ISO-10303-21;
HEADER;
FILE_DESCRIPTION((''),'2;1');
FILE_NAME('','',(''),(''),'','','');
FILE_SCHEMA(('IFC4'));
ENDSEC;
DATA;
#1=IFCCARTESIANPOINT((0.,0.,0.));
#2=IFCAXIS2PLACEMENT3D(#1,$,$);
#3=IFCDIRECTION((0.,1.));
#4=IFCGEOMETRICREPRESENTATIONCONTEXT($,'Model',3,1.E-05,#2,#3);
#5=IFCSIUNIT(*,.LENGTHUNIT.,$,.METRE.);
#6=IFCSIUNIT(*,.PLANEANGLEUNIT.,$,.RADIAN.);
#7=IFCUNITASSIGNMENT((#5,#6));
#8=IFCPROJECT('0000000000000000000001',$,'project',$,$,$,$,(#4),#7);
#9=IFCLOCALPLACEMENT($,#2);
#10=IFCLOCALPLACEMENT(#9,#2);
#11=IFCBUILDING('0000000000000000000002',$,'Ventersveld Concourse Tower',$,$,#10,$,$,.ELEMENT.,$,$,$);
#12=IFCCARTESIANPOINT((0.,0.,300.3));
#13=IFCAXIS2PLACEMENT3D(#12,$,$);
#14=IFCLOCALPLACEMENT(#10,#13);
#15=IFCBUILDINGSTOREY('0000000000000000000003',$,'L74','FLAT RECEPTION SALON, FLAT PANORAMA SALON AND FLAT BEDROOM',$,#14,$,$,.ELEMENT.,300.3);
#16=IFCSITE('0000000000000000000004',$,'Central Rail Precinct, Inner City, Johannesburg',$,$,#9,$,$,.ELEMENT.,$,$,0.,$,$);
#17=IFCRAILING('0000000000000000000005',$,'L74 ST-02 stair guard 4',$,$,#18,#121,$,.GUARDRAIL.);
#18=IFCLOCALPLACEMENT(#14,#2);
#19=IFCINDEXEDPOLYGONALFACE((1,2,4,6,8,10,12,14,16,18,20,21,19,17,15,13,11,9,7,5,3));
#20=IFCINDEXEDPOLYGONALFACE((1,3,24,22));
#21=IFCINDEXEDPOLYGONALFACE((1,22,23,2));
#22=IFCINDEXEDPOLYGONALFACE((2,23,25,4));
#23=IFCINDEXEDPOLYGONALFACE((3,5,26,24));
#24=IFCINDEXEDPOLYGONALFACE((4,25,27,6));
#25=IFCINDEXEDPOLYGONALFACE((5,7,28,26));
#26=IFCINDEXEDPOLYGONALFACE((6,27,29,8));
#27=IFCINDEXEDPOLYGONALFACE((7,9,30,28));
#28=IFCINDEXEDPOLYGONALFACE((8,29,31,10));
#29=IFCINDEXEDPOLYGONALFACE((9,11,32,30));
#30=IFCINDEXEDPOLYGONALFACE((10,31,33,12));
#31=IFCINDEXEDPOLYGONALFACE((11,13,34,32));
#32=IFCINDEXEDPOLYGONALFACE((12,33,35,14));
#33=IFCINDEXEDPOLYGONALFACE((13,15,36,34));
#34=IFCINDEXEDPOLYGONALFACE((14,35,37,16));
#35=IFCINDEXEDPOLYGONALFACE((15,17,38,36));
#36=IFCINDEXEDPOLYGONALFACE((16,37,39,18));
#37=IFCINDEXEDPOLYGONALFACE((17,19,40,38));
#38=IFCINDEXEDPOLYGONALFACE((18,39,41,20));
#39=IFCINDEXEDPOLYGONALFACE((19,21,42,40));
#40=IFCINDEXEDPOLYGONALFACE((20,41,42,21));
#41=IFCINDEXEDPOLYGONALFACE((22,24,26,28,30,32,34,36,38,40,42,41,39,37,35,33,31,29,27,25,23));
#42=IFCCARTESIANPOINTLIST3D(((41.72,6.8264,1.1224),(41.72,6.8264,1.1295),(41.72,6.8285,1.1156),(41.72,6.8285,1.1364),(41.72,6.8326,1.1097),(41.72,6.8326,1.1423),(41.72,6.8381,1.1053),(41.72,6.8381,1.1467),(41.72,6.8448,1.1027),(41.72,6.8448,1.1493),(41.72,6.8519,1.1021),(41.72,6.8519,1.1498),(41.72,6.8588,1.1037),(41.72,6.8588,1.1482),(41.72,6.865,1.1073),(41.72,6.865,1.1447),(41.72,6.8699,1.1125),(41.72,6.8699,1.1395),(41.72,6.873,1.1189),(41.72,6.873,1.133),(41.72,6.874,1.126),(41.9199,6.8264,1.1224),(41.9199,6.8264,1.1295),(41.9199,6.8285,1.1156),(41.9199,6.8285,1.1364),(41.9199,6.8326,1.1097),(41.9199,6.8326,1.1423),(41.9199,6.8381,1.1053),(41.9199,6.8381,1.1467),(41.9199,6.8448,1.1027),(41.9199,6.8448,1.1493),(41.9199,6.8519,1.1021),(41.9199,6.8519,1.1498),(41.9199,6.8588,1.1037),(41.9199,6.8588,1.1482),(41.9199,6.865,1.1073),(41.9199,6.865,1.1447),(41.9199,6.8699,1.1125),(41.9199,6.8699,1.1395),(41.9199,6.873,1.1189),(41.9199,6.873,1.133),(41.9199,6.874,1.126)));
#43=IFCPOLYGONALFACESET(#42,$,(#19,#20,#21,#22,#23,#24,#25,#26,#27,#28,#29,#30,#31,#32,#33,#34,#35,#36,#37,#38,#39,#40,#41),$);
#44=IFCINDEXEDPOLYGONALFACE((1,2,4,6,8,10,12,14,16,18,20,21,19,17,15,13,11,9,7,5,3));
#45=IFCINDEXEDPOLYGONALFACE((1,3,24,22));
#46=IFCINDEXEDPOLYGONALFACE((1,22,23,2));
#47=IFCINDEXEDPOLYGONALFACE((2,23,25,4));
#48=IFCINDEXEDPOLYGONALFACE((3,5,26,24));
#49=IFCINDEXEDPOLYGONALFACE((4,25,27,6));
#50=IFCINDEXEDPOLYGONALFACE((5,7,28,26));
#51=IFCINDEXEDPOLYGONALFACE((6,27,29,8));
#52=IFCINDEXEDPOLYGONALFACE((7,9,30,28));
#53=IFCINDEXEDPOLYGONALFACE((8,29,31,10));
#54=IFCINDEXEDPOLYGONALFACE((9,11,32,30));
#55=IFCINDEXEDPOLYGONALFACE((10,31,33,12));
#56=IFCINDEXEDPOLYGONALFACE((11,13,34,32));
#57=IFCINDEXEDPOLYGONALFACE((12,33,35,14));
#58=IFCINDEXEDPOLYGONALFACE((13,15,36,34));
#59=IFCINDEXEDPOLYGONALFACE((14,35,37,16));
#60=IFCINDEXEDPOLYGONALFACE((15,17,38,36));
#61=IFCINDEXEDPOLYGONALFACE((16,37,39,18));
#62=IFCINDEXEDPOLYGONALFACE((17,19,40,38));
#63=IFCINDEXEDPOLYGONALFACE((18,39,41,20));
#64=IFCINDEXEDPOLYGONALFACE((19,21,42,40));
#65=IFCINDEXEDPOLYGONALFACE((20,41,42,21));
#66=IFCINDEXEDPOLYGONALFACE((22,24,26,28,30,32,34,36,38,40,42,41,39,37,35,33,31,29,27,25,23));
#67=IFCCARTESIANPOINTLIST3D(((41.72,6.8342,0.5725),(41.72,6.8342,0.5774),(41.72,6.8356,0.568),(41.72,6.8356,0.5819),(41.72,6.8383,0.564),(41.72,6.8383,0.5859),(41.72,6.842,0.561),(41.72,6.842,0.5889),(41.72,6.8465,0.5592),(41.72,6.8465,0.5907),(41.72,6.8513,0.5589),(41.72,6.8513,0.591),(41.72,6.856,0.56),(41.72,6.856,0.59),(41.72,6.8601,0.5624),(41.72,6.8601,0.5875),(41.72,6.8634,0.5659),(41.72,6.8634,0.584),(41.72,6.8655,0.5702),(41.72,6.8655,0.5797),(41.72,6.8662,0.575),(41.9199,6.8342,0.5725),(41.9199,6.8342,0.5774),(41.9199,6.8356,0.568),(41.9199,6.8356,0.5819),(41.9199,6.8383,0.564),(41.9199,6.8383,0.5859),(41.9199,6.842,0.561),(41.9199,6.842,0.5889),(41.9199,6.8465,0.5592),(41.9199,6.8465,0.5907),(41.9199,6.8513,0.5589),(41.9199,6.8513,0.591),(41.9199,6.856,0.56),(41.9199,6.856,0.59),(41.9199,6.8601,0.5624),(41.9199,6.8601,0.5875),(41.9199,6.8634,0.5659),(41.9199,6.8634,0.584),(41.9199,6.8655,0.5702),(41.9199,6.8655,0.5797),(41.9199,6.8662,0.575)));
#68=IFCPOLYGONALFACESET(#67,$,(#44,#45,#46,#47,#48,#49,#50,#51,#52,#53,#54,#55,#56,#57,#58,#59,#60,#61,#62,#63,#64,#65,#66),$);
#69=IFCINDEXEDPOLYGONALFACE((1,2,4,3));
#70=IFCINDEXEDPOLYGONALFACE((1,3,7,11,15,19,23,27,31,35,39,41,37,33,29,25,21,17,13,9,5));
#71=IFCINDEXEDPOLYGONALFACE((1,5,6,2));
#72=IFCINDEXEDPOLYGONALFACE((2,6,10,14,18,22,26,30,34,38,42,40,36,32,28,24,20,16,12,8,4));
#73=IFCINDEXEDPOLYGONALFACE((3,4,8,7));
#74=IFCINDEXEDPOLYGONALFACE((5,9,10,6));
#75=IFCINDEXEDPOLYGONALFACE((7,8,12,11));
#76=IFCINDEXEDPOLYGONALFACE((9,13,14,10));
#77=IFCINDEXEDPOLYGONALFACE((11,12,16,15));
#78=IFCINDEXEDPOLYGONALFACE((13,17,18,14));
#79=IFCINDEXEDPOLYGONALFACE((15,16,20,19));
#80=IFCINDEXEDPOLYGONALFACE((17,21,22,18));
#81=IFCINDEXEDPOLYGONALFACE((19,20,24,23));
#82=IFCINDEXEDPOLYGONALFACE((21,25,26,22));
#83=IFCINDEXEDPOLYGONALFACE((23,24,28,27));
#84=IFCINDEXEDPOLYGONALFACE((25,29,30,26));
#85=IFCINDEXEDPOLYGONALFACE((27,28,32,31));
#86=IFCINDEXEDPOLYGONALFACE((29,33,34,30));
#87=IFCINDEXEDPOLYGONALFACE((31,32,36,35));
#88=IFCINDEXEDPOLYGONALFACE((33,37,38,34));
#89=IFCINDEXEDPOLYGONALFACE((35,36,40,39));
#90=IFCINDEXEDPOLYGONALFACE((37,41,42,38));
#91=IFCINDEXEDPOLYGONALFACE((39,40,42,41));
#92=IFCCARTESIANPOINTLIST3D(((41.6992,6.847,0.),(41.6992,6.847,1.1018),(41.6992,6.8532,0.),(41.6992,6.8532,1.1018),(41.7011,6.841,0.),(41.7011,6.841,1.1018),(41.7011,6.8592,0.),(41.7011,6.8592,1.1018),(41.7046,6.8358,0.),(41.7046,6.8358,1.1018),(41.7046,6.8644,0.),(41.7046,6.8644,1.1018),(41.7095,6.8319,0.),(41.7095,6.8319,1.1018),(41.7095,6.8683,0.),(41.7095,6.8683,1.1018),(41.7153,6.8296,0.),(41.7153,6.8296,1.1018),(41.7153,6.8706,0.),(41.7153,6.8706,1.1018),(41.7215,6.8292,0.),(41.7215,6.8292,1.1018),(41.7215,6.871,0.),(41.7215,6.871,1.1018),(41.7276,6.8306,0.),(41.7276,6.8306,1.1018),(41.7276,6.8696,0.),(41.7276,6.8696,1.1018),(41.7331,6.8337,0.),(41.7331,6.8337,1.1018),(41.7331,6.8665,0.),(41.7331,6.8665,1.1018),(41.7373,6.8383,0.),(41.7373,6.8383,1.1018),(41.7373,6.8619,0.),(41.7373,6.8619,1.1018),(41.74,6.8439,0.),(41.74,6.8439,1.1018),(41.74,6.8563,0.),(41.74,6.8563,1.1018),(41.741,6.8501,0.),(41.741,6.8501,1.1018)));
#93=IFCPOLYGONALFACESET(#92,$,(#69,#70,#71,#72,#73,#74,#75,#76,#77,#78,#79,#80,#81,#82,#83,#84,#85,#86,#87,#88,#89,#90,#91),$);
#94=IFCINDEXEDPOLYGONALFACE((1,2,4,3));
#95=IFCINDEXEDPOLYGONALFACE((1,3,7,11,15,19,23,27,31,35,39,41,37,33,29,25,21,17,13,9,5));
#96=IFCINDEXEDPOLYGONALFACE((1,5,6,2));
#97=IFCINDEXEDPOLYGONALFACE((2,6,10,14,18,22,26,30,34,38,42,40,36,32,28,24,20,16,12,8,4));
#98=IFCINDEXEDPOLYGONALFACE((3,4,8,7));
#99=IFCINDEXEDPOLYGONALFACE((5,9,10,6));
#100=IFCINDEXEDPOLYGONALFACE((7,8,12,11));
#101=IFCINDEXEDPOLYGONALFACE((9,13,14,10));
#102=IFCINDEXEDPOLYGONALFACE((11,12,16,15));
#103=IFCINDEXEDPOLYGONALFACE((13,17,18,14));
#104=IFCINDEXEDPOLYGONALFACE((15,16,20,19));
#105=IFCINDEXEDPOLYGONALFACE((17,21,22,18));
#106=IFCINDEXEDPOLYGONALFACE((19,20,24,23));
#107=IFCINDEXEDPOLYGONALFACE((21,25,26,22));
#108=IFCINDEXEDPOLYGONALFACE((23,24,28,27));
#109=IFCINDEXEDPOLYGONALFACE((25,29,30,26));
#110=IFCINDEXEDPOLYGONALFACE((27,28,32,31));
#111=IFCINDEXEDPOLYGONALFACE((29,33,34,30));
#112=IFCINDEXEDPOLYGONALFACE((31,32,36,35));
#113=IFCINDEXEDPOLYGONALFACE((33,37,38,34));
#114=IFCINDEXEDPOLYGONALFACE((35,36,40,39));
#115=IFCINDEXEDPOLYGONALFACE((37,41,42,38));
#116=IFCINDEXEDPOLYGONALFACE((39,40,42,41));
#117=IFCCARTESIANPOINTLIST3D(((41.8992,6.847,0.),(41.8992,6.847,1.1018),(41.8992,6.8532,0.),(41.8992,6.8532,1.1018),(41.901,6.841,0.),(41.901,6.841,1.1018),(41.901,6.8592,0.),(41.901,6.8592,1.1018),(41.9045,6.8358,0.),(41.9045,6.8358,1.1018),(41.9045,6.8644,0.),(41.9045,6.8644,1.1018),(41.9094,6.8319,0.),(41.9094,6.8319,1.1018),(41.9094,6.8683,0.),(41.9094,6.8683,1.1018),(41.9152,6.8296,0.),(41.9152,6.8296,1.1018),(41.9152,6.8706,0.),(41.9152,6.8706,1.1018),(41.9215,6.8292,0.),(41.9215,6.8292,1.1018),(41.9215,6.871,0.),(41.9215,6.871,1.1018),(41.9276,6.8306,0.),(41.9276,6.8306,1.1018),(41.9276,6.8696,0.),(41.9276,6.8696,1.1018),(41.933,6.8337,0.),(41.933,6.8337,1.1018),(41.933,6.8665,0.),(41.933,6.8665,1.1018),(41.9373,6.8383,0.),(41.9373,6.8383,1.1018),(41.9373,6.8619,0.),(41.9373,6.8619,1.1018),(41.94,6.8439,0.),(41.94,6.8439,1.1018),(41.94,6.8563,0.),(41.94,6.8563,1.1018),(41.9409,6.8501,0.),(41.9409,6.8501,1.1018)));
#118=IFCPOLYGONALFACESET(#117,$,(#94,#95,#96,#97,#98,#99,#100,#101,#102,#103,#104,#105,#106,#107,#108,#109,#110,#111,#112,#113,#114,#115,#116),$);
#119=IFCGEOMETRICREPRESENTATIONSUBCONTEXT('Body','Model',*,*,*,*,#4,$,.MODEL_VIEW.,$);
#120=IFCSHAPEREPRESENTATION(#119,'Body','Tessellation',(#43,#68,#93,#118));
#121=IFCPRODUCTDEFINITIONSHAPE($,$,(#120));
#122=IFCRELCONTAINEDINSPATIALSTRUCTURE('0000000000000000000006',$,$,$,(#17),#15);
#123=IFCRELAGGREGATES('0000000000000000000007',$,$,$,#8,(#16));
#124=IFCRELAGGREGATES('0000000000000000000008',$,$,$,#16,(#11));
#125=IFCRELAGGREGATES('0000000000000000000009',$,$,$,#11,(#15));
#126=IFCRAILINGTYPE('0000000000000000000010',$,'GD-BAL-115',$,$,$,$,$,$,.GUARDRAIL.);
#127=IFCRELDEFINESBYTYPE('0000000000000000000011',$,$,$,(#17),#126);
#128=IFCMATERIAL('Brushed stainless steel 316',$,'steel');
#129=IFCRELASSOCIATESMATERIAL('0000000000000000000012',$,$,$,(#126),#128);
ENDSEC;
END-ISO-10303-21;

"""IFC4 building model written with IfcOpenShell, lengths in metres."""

from ifc_helpers import new_model, si_unit, direction, frame, origin, origin_2d, place, context, subcontext, project, spatial, circle, extrude, material, type_object, element, save


model = new_model("IFC4")

# Units and contexts
model_context = context("Model", 3, precision=1e-05, world=origin(), true_north=direction((0.0, 1.0)))
body_context = subcontext(model_context, "Body", "Model", "MODEL_VIEW")
ifc_project = project(units=[si_unit("LENGTHUNIT", "METRE"), si_unit("PLANEANGLEUNIT", "RADIAN")], contexts=[model_context])

# Site, building, storey
site_placement = place(None, origin())
site = spatial("IfcSite", under=ifc_project, at=site_placement, Name="Central Rail Precinct, Inner City, Johannesburg", CompositionType="ELEMENT", RefElevation=0.0)
building_placement = place(site_placement, origin())
building = spatial("IfcBuilding", under=site, at=building_placement, Name="Ventersveld Concourse Tower", CompositionType="ELEMENT")
storey_placement = place(building_placement, frame((0.0, 0.0, 300.3)))
storey = spatial("IfcBuildingStorey", under=building, at=storey_placement, Name="L74", Description="FLAT RECEPTION SALON, FLAT PANORAMA SALON AND FLAT BEDROOM", CompositionType="ELEMENT", Elevation=300.3)

# Shared definitions
ifc_material_1 = material(Name="Brushed stainless steel 316", Category="steel")

# Railing
railing_type_1 = type_object("IfcRailingType", Name="GD-BAL-115", PredefinedType="GUARDRAIL", material=ifc_material_1)
railing_1_placement = place(storey_placement, frame((41.72, 6.8501, 0.0)))
element("IfcRailing", 1, at=railing_1_placement, inside=storey, type_object=railing_type_1, Name="L74 ST-02 stair guard 4", PredefinedType="GUARDRAIL", context=body_context, shape_type="SweptSolid", body=[
    extrude(circle(Radius=0.0239, at=origin_2d()), frame((0.0, 0.0, 1.126), z_axis=(1.0, 0.0, 0.0), x_axis=(0.0, 1.0, 0.0)), (0.0, 0.0, 1.0), 0.2),
    extrude(circle(Radius=0.0161, at=origin_2d()), frame((0.0, 0.0, 0.575), z_axis=(1.0, 0.0, 0.0), x_axis=(0.0, 1.0, 0.0)), (0.0, 0.0, 1.0), 0.2),
    extrude(circle(Radius=0.021, at=origin_2d()), origin(), (0.0, 0.0, 1.0), 1.1018),
    extrude(circle(Radius=0.021, at=origin_2d()), frame((0.2, 0.0, 0.0)), (0.0, 0.0, 1.0), 1.1018),
])

save(model, "model.ifc")
